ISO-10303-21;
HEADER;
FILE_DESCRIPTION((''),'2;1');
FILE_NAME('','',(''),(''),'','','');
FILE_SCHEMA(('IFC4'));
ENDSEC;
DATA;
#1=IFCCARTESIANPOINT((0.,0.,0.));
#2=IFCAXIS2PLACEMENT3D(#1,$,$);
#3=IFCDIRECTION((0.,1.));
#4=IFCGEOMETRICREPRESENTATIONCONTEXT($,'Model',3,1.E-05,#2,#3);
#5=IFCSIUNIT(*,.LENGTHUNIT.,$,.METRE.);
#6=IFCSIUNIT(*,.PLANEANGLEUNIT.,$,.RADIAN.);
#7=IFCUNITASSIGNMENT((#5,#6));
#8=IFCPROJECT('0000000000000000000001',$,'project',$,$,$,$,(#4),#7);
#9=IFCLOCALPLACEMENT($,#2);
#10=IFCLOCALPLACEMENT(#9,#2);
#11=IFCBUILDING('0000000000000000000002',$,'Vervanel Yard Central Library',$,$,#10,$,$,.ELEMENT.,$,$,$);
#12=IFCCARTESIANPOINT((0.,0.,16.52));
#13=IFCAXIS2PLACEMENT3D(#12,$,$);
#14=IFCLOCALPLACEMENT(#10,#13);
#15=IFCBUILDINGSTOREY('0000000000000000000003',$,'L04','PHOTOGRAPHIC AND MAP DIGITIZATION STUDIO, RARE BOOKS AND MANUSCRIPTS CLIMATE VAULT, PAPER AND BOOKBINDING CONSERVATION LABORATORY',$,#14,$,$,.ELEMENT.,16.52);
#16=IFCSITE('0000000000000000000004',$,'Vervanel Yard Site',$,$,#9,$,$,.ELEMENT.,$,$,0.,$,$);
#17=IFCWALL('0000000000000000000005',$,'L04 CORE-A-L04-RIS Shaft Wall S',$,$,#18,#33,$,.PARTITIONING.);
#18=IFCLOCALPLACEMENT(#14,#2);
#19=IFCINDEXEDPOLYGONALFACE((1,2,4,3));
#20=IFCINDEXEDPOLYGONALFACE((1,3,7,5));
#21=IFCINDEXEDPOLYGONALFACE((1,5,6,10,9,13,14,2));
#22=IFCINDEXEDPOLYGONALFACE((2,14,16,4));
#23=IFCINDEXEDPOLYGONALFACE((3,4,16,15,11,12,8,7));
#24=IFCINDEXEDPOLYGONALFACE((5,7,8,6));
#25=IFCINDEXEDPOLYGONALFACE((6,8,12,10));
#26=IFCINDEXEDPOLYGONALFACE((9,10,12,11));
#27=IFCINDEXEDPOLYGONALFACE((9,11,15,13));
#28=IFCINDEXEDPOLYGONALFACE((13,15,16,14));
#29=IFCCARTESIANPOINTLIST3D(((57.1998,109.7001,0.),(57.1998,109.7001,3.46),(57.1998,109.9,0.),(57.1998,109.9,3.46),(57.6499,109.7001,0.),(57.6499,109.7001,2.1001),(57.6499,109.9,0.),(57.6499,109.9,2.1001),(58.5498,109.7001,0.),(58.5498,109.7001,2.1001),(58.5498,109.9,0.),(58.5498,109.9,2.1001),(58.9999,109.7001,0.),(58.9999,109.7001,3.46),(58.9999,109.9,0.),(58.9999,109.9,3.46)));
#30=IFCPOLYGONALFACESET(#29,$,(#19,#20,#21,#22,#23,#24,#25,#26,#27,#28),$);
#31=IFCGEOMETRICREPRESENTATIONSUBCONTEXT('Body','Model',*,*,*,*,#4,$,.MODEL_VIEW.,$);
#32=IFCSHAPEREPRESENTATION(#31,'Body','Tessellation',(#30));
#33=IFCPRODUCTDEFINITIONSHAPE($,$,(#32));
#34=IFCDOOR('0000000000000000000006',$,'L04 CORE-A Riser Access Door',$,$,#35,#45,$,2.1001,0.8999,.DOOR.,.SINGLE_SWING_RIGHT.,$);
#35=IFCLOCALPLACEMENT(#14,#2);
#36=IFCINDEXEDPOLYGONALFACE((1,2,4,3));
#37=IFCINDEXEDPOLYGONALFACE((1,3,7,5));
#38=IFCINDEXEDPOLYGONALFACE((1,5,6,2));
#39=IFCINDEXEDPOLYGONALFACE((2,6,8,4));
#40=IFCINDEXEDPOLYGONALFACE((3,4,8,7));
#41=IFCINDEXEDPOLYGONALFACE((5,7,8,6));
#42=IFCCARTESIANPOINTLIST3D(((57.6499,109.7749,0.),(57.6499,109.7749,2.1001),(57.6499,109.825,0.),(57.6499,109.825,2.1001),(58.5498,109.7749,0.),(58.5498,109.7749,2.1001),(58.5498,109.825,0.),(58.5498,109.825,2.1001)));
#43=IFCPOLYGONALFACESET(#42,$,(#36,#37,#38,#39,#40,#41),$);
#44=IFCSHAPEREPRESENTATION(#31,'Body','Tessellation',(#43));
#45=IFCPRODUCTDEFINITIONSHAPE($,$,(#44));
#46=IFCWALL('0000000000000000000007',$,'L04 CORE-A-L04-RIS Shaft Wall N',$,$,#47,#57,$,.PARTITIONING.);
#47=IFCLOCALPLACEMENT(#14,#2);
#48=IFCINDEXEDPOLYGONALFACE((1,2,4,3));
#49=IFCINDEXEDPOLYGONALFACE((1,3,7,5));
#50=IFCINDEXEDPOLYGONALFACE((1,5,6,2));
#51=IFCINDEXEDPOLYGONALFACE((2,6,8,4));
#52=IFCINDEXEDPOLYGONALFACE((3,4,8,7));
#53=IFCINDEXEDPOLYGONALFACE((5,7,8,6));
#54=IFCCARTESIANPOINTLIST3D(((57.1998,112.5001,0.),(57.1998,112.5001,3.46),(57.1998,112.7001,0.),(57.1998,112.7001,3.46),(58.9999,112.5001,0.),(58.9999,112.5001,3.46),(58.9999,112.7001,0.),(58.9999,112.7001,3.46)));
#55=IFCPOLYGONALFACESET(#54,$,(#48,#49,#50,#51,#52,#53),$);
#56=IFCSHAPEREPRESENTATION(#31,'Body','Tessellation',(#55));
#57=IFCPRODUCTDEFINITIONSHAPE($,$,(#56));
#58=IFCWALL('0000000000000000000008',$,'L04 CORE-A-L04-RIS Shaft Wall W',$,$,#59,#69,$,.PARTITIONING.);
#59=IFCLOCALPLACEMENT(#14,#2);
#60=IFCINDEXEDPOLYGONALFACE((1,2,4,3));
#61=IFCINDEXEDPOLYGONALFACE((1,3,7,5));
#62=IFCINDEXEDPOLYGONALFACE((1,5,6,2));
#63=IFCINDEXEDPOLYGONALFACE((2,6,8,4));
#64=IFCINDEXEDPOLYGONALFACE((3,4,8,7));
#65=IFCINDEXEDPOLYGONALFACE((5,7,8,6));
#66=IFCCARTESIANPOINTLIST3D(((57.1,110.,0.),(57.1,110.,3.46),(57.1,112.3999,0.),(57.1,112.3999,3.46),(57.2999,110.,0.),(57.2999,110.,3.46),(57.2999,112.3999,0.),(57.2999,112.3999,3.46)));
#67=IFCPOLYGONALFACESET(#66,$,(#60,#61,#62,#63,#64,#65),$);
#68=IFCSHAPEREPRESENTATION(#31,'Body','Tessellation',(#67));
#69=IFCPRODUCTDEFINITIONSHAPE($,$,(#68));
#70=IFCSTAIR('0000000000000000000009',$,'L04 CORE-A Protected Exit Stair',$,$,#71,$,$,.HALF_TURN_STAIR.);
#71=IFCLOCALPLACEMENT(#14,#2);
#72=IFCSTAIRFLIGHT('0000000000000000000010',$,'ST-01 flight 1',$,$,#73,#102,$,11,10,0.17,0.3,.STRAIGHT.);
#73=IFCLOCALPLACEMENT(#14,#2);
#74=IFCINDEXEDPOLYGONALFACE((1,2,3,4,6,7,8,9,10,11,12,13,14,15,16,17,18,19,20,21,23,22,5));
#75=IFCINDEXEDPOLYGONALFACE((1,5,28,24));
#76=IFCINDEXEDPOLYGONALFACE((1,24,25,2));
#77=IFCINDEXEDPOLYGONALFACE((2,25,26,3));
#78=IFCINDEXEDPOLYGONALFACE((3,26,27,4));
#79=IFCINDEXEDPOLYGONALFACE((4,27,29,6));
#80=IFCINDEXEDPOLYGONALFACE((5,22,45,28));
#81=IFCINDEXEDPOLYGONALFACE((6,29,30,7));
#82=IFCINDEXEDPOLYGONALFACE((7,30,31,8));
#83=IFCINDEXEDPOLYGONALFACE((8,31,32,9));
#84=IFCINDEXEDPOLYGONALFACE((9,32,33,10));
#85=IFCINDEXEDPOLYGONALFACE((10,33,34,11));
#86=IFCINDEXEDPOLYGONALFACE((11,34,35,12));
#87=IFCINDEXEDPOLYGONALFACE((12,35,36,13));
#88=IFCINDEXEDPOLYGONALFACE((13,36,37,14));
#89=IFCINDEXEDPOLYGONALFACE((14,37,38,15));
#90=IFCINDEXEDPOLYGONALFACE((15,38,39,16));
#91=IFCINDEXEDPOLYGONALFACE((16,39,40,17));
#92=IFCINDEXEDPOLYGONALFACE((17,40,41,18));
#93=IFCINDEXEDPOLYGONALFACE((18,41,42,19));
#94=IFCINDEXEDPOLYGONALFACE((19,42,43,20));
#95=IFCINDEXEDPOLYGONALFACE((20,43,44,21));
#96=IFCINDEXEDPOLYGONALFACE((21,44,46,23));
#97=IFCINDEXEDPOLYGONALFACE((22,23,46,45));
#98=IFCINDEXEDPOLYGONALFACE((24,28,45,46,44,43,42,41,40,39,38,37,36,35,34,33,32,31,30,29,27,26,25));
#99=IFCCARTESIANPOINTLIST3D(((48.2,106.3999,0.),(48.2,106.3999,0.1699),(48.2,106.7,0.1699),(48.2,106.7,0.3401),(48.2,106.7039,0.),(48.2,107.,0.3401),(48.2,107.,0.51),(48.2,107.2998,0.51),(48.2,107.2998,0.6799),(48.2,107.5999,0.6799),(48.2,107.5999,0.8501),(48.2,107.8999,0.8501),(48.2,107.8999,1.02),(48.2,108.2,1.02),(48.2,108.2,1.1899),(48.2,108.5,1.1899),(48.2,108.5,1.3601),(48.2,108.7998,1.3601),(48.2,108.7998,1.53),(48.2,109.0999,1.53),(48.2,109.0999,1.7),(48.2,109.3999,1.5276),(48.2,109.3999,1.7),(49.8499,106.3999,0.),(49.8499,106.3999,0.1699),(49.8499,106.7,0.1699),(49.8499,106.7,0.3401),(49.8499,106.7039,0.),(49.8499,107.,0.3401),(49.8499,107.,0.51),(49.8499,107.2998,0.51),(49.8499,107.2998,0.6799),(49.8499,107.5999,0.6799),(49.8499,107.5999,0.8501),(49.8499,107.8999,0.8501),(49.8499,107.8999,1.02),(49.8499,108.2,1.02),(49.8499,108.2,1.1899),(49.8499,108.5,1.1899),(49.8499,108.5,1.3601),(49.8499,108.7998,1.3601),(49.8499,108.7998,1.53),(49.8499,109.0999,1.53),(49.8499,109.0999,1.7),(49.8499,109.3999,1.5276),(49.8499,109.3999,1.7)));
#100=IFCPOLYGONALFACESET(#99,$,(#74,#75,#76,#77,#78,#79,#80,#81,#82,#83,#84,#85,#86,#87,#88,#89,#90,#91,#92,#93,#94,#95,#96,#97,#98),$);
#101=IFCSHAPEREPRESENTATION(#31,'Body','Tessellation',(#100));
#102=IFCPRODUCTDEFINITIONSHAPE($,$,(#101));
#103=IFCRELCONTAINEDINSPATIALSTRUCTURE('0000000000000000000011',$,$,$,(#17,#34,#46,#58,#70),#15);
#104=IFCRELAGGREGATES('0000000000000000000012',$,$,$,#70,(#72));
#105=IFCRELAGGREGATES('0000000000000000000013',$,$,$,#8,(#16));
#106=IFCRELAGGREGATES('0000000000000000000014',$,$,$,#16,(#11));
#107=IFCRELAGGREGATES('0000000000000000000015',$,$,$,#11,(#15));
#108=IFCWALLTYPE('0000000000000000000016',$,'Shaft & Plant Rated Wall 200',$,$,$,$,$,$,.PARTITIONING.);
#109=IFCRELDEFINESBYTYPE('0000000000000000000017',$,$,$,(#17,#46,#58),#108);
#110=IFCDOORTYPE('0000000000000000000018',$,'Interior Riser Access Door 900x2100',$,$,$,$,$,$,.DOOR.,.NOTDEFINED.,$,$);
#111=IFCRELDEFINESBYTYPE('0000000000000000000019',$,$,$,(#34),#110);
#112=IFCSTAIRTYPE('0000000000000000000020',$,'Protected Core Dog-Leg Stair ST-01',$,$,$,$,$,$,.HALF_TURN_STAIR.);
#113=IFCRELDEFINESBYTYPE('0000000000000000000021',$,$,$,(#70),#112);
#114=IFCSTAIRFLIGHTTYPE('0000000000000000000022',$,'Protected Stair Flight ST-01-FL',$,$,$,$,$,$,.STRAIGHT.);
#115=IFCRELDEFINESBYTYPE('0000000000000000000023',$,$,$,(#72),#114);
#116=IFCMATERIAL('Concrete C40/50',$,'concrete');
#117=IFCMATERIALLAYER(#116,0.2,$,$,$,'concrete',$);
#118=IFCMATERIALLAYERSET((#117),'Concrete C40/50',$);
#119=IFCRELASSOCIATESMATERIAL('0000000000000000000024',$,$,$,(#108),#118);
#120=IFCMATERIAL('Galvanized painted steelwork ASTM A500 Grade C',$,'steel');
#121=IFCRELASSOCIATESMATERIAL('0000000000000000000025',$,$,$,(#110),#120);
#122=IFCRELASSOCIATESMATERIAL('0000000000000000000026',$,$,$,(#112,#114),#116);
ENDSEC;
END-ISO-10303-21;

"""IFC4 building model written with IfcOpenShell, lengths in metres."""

from ifc_helpers import new_model, si_unit, direction, frame, frame_2d, origin, place, context, subcontext, project, spatial, polyline, rectangle, outline, extrude, material, layer, layer_set, type_object, element, fill, aggregate, save


model = new_model("IFC4")

# Units and contexts
model_context = context("Model", 3, precision=1e-05, world=origin(), true_north=direction((0.0, 1.0)))
body_context = subcontext(model_context, "Body", "Model", "MODEL_VIEW")
ifc_project = project(units=[si_unit("LENGTHUNIT", "METRE"), si_unit("PLANEANGLEUNIT", "RADIAN")], contexts=[model_context])

# Site, building, storey
site_placement = place(None, origin())
site = spatial("IfcSite", under=ifc_project, at=site_placement, Name="Vervanel Yard Site", CompositionType="ELEMENT", RefElevation=0.0)
building_placement = place(site_placement, origin())
building = spatial("IfcBuilding", under=site, at=building_placement, Name="Vervanel Yard Central Library", CompositionType="ELEMENT")
storey_placement = place(building_placement, frame((0.0, 0.0, 16.52)))
storey = spatial("IfcBuildingStorey", under=building, at=storey_placement, Name="L04", Description="PHOTOGRAPHIC AND MAP DIGITIZATION STUDIO, RARE BOOKS AND MANUSCRIPTS CLIMATE VAULT, PAPER AND BOOKBINDING CONSERVATION LABORATORY", CompositionType="ELEMENT", Elevation=16.52)

# Shared definitions
ifc_material_1 = material(Name="Galvanized painted steelwork ASTM A500 Grade C", Category="steel")

# Shared definitions
ifc_material_2 = material(Name="Concrete C40/50", Category="concrete")
ifc_layer_1 = layer(ifc_material_2, 0.2, Category="concrete")
ifc_layer_set_1 = layer_set([ifc_layer_1], Name="Concrete C40/50")
wall_type_1 = type_object("IfcWallType", Name="Shaft & Plant Rated Wall 200", PredefinedType="PARTITIONING", material=ifc_layer_set_1)

# Wall, opening, door
wall_1_placement = place(storey_placement, frame((57.2, 109.8, 0.0), z_axis=(0.0, 0.0, 1.0), x_axis=(1.0, 0.0, 0.0)))
wall_1 = element("IfcWall", 1, at=wall_1_placement, inside=storey, type_object=wall_type_1, Name="L04 CORE-A-L04-RIS Shaft Wall S", PredefinedType="PARTITIONING", context=body_context, shape_type="SweptSolid", body=[
    extrude(rectangle(XDim=1.8, YDim=0.2, at=frame_2d((0.8999, 0.0))), origin(), (0.0, 0.0, 1.0), 3.46),
])
opening_1_placement = place(wall_1_placement, frame((0.45, 0.0, 0.0)))
opening_1 = element("IfcOpeningElement", 2, at=opening_1_placement, cuts=wall_1, PredefinedType="OPENING", context=body_context, shape_type="SweptSolid", body=[
    extrude(rectangle(XDim=0.8999, YDim=2.1001, at=frame_2d((0.45, 1.05))), frame((0.0, 0.1099, 0.0), z_axis=(0.0, -1.0, 0.0), x_axis=(1.0, 0.0, 0.0)), (0.0, 0.0, 1.0), 0.22),
])
door_type_1 = type_object("IfcDoorType", Name="Interior Riser Access Door 900x2100", OperationType="NOTDEFINED", PredefinedType="DOOR", material=ifc_material_1)
door_1_placement = place(opening_1_placement, origin())
door_1 = element("IfcDoor", 3, at=door_1_placement, inside=storey, type_object=door_type_1, Name="L04 CORE-A Riser Access Door", OperationType="SINGLE_SWING_RIGHT", OverallHeight=2.1001, OverallWidth=0.8999, PredefinedType="DOOR", context=body_context, shape_type="SweptSolid", body=[
    extrude(rectangle(XDim=0.8999, YDim=2.1001, at=frame_2d((0.45, 1.05))), frame((0.0, 0.0249, 0.0), z_axis=(0.0, -1.0, 0.0), x_axis=(1.0, 0.0, 0.0)), (0.0, 0.0, 1.0), 0.05),
])
fill(opening_1, door_1)

# Walls
wall_2_placement = place(storey_placement, frame((57.2, 112.6001, 0.0), z_axis=(0.0, 0.0, 1.0), x_axis=(1.0, 0.0, 0.0)))
element("IfcWall", 4, at=wall_2_placement, inside=storey, type_object=wall_type_1, Name="L04 CORE-A-L04-RIS Shaft Wall N", PredefinedType="PARTITIONING", context=body_context, shape_type="SweptSolid", body=[
    extrude(rectangle(XDim=1.8, YDim=0.2, at=frame_2d((0.8999, 0.0))), origin(), (0.0, 0.0, 1.0), 3.46),
])
wall_3_placement = place(storey_placement, frame((57.2, 110.0, 0.0), z_axis=(0.0, 0.0, 1.0), x_axis=(0.0, 1.0, 0.0)))
element("IfcWall", 5, at=wall_3_placement, inside=storey, type_object=wall_type_1, Name="L04 CORE-A-L04-RIS Shaft Wall W", PredefinedType="PARTITIONING", context=body_context, shape_type="SweptSolid", body=[
    extrude(rectangle(XDim=2.3999, YDim=0.2, at=frame_2d((1.2, 0.0))), origin(), (0.0, 0.0, 1.0), 3.46),
])

# Stair, stair flight
stair_type = type_object("IfcStairType", Name="Protected Core Dog-Leg Stair ST-01", PredefinedType="HALF_TURN_STAIR", material=ifc_material_2)
stair_placement = place(storey_placement, origin())
stair = element("IfcStair", 6, at=stair_placement, inside=storey, type_object=stair_type, Name="L04 CORE-A Protected Exit Stair", PredefinedType="HALF_TURN_STAIR")
stair_flight_type = type_object("IfcStairFlightType", Name="Protected Stair Flight ST-01-FL", PredefinedType="STRAIGHT", material=ifc_material_2)
stair_flight_placement = place(storey_placement, frame((49.0249, 106.3999, 0.0), z_axis=(0.0, 0.0, 1.0), x_axis=(0.0, 1.0, 0.0)))
stair_flight = element("IfcStairFlight", 7, at=stair_flight_placement, type_object=stair_flight_type, Name="ST-01 flight 1", NumberOfRisers=11, NumberOfTreads=10, PredefinedType="STRAIGHT", RiserHeight=0.17, TreadLength=0.3, context=body_context, shape_type="SweptSolid", body=[
    extrude(outline(polyline([(0.0, 0.0), (0.0, 0.1699), (0.3, 0.1699), (0.3, 0.3401), (0.6001, 0.3401), (0.6001, 0.51), (0.8999, 0.51), (0.8999, 0.6799), (1.2, 0.6799), (1.2, 0.8501), (1.5, 0.8501), (1.5, 1.02), (1.8, 1.02), (1.8, 1.1899), (2.1001, 1.1899), (2.1001, 1.3601), (2.3999, 1.3601), (2.3999, 1.53), (2.7, 1.53), (2.7, 1.7), (3.0, 1.7), (3.0, 1.8701), (3.0, 1.5276), (0.304, 0.0), (0.0, 0.0)])), frame((0.0, 0.825, 0.0), z_axis=(0.0, -1.0, 0.0), x_axis=(1.0, 0.0, 0.0)), (0.0, 0.0, 1.0), 1.6499),
])
aggregate(stair, [stair_flight])

save(model, "model.ifc")
